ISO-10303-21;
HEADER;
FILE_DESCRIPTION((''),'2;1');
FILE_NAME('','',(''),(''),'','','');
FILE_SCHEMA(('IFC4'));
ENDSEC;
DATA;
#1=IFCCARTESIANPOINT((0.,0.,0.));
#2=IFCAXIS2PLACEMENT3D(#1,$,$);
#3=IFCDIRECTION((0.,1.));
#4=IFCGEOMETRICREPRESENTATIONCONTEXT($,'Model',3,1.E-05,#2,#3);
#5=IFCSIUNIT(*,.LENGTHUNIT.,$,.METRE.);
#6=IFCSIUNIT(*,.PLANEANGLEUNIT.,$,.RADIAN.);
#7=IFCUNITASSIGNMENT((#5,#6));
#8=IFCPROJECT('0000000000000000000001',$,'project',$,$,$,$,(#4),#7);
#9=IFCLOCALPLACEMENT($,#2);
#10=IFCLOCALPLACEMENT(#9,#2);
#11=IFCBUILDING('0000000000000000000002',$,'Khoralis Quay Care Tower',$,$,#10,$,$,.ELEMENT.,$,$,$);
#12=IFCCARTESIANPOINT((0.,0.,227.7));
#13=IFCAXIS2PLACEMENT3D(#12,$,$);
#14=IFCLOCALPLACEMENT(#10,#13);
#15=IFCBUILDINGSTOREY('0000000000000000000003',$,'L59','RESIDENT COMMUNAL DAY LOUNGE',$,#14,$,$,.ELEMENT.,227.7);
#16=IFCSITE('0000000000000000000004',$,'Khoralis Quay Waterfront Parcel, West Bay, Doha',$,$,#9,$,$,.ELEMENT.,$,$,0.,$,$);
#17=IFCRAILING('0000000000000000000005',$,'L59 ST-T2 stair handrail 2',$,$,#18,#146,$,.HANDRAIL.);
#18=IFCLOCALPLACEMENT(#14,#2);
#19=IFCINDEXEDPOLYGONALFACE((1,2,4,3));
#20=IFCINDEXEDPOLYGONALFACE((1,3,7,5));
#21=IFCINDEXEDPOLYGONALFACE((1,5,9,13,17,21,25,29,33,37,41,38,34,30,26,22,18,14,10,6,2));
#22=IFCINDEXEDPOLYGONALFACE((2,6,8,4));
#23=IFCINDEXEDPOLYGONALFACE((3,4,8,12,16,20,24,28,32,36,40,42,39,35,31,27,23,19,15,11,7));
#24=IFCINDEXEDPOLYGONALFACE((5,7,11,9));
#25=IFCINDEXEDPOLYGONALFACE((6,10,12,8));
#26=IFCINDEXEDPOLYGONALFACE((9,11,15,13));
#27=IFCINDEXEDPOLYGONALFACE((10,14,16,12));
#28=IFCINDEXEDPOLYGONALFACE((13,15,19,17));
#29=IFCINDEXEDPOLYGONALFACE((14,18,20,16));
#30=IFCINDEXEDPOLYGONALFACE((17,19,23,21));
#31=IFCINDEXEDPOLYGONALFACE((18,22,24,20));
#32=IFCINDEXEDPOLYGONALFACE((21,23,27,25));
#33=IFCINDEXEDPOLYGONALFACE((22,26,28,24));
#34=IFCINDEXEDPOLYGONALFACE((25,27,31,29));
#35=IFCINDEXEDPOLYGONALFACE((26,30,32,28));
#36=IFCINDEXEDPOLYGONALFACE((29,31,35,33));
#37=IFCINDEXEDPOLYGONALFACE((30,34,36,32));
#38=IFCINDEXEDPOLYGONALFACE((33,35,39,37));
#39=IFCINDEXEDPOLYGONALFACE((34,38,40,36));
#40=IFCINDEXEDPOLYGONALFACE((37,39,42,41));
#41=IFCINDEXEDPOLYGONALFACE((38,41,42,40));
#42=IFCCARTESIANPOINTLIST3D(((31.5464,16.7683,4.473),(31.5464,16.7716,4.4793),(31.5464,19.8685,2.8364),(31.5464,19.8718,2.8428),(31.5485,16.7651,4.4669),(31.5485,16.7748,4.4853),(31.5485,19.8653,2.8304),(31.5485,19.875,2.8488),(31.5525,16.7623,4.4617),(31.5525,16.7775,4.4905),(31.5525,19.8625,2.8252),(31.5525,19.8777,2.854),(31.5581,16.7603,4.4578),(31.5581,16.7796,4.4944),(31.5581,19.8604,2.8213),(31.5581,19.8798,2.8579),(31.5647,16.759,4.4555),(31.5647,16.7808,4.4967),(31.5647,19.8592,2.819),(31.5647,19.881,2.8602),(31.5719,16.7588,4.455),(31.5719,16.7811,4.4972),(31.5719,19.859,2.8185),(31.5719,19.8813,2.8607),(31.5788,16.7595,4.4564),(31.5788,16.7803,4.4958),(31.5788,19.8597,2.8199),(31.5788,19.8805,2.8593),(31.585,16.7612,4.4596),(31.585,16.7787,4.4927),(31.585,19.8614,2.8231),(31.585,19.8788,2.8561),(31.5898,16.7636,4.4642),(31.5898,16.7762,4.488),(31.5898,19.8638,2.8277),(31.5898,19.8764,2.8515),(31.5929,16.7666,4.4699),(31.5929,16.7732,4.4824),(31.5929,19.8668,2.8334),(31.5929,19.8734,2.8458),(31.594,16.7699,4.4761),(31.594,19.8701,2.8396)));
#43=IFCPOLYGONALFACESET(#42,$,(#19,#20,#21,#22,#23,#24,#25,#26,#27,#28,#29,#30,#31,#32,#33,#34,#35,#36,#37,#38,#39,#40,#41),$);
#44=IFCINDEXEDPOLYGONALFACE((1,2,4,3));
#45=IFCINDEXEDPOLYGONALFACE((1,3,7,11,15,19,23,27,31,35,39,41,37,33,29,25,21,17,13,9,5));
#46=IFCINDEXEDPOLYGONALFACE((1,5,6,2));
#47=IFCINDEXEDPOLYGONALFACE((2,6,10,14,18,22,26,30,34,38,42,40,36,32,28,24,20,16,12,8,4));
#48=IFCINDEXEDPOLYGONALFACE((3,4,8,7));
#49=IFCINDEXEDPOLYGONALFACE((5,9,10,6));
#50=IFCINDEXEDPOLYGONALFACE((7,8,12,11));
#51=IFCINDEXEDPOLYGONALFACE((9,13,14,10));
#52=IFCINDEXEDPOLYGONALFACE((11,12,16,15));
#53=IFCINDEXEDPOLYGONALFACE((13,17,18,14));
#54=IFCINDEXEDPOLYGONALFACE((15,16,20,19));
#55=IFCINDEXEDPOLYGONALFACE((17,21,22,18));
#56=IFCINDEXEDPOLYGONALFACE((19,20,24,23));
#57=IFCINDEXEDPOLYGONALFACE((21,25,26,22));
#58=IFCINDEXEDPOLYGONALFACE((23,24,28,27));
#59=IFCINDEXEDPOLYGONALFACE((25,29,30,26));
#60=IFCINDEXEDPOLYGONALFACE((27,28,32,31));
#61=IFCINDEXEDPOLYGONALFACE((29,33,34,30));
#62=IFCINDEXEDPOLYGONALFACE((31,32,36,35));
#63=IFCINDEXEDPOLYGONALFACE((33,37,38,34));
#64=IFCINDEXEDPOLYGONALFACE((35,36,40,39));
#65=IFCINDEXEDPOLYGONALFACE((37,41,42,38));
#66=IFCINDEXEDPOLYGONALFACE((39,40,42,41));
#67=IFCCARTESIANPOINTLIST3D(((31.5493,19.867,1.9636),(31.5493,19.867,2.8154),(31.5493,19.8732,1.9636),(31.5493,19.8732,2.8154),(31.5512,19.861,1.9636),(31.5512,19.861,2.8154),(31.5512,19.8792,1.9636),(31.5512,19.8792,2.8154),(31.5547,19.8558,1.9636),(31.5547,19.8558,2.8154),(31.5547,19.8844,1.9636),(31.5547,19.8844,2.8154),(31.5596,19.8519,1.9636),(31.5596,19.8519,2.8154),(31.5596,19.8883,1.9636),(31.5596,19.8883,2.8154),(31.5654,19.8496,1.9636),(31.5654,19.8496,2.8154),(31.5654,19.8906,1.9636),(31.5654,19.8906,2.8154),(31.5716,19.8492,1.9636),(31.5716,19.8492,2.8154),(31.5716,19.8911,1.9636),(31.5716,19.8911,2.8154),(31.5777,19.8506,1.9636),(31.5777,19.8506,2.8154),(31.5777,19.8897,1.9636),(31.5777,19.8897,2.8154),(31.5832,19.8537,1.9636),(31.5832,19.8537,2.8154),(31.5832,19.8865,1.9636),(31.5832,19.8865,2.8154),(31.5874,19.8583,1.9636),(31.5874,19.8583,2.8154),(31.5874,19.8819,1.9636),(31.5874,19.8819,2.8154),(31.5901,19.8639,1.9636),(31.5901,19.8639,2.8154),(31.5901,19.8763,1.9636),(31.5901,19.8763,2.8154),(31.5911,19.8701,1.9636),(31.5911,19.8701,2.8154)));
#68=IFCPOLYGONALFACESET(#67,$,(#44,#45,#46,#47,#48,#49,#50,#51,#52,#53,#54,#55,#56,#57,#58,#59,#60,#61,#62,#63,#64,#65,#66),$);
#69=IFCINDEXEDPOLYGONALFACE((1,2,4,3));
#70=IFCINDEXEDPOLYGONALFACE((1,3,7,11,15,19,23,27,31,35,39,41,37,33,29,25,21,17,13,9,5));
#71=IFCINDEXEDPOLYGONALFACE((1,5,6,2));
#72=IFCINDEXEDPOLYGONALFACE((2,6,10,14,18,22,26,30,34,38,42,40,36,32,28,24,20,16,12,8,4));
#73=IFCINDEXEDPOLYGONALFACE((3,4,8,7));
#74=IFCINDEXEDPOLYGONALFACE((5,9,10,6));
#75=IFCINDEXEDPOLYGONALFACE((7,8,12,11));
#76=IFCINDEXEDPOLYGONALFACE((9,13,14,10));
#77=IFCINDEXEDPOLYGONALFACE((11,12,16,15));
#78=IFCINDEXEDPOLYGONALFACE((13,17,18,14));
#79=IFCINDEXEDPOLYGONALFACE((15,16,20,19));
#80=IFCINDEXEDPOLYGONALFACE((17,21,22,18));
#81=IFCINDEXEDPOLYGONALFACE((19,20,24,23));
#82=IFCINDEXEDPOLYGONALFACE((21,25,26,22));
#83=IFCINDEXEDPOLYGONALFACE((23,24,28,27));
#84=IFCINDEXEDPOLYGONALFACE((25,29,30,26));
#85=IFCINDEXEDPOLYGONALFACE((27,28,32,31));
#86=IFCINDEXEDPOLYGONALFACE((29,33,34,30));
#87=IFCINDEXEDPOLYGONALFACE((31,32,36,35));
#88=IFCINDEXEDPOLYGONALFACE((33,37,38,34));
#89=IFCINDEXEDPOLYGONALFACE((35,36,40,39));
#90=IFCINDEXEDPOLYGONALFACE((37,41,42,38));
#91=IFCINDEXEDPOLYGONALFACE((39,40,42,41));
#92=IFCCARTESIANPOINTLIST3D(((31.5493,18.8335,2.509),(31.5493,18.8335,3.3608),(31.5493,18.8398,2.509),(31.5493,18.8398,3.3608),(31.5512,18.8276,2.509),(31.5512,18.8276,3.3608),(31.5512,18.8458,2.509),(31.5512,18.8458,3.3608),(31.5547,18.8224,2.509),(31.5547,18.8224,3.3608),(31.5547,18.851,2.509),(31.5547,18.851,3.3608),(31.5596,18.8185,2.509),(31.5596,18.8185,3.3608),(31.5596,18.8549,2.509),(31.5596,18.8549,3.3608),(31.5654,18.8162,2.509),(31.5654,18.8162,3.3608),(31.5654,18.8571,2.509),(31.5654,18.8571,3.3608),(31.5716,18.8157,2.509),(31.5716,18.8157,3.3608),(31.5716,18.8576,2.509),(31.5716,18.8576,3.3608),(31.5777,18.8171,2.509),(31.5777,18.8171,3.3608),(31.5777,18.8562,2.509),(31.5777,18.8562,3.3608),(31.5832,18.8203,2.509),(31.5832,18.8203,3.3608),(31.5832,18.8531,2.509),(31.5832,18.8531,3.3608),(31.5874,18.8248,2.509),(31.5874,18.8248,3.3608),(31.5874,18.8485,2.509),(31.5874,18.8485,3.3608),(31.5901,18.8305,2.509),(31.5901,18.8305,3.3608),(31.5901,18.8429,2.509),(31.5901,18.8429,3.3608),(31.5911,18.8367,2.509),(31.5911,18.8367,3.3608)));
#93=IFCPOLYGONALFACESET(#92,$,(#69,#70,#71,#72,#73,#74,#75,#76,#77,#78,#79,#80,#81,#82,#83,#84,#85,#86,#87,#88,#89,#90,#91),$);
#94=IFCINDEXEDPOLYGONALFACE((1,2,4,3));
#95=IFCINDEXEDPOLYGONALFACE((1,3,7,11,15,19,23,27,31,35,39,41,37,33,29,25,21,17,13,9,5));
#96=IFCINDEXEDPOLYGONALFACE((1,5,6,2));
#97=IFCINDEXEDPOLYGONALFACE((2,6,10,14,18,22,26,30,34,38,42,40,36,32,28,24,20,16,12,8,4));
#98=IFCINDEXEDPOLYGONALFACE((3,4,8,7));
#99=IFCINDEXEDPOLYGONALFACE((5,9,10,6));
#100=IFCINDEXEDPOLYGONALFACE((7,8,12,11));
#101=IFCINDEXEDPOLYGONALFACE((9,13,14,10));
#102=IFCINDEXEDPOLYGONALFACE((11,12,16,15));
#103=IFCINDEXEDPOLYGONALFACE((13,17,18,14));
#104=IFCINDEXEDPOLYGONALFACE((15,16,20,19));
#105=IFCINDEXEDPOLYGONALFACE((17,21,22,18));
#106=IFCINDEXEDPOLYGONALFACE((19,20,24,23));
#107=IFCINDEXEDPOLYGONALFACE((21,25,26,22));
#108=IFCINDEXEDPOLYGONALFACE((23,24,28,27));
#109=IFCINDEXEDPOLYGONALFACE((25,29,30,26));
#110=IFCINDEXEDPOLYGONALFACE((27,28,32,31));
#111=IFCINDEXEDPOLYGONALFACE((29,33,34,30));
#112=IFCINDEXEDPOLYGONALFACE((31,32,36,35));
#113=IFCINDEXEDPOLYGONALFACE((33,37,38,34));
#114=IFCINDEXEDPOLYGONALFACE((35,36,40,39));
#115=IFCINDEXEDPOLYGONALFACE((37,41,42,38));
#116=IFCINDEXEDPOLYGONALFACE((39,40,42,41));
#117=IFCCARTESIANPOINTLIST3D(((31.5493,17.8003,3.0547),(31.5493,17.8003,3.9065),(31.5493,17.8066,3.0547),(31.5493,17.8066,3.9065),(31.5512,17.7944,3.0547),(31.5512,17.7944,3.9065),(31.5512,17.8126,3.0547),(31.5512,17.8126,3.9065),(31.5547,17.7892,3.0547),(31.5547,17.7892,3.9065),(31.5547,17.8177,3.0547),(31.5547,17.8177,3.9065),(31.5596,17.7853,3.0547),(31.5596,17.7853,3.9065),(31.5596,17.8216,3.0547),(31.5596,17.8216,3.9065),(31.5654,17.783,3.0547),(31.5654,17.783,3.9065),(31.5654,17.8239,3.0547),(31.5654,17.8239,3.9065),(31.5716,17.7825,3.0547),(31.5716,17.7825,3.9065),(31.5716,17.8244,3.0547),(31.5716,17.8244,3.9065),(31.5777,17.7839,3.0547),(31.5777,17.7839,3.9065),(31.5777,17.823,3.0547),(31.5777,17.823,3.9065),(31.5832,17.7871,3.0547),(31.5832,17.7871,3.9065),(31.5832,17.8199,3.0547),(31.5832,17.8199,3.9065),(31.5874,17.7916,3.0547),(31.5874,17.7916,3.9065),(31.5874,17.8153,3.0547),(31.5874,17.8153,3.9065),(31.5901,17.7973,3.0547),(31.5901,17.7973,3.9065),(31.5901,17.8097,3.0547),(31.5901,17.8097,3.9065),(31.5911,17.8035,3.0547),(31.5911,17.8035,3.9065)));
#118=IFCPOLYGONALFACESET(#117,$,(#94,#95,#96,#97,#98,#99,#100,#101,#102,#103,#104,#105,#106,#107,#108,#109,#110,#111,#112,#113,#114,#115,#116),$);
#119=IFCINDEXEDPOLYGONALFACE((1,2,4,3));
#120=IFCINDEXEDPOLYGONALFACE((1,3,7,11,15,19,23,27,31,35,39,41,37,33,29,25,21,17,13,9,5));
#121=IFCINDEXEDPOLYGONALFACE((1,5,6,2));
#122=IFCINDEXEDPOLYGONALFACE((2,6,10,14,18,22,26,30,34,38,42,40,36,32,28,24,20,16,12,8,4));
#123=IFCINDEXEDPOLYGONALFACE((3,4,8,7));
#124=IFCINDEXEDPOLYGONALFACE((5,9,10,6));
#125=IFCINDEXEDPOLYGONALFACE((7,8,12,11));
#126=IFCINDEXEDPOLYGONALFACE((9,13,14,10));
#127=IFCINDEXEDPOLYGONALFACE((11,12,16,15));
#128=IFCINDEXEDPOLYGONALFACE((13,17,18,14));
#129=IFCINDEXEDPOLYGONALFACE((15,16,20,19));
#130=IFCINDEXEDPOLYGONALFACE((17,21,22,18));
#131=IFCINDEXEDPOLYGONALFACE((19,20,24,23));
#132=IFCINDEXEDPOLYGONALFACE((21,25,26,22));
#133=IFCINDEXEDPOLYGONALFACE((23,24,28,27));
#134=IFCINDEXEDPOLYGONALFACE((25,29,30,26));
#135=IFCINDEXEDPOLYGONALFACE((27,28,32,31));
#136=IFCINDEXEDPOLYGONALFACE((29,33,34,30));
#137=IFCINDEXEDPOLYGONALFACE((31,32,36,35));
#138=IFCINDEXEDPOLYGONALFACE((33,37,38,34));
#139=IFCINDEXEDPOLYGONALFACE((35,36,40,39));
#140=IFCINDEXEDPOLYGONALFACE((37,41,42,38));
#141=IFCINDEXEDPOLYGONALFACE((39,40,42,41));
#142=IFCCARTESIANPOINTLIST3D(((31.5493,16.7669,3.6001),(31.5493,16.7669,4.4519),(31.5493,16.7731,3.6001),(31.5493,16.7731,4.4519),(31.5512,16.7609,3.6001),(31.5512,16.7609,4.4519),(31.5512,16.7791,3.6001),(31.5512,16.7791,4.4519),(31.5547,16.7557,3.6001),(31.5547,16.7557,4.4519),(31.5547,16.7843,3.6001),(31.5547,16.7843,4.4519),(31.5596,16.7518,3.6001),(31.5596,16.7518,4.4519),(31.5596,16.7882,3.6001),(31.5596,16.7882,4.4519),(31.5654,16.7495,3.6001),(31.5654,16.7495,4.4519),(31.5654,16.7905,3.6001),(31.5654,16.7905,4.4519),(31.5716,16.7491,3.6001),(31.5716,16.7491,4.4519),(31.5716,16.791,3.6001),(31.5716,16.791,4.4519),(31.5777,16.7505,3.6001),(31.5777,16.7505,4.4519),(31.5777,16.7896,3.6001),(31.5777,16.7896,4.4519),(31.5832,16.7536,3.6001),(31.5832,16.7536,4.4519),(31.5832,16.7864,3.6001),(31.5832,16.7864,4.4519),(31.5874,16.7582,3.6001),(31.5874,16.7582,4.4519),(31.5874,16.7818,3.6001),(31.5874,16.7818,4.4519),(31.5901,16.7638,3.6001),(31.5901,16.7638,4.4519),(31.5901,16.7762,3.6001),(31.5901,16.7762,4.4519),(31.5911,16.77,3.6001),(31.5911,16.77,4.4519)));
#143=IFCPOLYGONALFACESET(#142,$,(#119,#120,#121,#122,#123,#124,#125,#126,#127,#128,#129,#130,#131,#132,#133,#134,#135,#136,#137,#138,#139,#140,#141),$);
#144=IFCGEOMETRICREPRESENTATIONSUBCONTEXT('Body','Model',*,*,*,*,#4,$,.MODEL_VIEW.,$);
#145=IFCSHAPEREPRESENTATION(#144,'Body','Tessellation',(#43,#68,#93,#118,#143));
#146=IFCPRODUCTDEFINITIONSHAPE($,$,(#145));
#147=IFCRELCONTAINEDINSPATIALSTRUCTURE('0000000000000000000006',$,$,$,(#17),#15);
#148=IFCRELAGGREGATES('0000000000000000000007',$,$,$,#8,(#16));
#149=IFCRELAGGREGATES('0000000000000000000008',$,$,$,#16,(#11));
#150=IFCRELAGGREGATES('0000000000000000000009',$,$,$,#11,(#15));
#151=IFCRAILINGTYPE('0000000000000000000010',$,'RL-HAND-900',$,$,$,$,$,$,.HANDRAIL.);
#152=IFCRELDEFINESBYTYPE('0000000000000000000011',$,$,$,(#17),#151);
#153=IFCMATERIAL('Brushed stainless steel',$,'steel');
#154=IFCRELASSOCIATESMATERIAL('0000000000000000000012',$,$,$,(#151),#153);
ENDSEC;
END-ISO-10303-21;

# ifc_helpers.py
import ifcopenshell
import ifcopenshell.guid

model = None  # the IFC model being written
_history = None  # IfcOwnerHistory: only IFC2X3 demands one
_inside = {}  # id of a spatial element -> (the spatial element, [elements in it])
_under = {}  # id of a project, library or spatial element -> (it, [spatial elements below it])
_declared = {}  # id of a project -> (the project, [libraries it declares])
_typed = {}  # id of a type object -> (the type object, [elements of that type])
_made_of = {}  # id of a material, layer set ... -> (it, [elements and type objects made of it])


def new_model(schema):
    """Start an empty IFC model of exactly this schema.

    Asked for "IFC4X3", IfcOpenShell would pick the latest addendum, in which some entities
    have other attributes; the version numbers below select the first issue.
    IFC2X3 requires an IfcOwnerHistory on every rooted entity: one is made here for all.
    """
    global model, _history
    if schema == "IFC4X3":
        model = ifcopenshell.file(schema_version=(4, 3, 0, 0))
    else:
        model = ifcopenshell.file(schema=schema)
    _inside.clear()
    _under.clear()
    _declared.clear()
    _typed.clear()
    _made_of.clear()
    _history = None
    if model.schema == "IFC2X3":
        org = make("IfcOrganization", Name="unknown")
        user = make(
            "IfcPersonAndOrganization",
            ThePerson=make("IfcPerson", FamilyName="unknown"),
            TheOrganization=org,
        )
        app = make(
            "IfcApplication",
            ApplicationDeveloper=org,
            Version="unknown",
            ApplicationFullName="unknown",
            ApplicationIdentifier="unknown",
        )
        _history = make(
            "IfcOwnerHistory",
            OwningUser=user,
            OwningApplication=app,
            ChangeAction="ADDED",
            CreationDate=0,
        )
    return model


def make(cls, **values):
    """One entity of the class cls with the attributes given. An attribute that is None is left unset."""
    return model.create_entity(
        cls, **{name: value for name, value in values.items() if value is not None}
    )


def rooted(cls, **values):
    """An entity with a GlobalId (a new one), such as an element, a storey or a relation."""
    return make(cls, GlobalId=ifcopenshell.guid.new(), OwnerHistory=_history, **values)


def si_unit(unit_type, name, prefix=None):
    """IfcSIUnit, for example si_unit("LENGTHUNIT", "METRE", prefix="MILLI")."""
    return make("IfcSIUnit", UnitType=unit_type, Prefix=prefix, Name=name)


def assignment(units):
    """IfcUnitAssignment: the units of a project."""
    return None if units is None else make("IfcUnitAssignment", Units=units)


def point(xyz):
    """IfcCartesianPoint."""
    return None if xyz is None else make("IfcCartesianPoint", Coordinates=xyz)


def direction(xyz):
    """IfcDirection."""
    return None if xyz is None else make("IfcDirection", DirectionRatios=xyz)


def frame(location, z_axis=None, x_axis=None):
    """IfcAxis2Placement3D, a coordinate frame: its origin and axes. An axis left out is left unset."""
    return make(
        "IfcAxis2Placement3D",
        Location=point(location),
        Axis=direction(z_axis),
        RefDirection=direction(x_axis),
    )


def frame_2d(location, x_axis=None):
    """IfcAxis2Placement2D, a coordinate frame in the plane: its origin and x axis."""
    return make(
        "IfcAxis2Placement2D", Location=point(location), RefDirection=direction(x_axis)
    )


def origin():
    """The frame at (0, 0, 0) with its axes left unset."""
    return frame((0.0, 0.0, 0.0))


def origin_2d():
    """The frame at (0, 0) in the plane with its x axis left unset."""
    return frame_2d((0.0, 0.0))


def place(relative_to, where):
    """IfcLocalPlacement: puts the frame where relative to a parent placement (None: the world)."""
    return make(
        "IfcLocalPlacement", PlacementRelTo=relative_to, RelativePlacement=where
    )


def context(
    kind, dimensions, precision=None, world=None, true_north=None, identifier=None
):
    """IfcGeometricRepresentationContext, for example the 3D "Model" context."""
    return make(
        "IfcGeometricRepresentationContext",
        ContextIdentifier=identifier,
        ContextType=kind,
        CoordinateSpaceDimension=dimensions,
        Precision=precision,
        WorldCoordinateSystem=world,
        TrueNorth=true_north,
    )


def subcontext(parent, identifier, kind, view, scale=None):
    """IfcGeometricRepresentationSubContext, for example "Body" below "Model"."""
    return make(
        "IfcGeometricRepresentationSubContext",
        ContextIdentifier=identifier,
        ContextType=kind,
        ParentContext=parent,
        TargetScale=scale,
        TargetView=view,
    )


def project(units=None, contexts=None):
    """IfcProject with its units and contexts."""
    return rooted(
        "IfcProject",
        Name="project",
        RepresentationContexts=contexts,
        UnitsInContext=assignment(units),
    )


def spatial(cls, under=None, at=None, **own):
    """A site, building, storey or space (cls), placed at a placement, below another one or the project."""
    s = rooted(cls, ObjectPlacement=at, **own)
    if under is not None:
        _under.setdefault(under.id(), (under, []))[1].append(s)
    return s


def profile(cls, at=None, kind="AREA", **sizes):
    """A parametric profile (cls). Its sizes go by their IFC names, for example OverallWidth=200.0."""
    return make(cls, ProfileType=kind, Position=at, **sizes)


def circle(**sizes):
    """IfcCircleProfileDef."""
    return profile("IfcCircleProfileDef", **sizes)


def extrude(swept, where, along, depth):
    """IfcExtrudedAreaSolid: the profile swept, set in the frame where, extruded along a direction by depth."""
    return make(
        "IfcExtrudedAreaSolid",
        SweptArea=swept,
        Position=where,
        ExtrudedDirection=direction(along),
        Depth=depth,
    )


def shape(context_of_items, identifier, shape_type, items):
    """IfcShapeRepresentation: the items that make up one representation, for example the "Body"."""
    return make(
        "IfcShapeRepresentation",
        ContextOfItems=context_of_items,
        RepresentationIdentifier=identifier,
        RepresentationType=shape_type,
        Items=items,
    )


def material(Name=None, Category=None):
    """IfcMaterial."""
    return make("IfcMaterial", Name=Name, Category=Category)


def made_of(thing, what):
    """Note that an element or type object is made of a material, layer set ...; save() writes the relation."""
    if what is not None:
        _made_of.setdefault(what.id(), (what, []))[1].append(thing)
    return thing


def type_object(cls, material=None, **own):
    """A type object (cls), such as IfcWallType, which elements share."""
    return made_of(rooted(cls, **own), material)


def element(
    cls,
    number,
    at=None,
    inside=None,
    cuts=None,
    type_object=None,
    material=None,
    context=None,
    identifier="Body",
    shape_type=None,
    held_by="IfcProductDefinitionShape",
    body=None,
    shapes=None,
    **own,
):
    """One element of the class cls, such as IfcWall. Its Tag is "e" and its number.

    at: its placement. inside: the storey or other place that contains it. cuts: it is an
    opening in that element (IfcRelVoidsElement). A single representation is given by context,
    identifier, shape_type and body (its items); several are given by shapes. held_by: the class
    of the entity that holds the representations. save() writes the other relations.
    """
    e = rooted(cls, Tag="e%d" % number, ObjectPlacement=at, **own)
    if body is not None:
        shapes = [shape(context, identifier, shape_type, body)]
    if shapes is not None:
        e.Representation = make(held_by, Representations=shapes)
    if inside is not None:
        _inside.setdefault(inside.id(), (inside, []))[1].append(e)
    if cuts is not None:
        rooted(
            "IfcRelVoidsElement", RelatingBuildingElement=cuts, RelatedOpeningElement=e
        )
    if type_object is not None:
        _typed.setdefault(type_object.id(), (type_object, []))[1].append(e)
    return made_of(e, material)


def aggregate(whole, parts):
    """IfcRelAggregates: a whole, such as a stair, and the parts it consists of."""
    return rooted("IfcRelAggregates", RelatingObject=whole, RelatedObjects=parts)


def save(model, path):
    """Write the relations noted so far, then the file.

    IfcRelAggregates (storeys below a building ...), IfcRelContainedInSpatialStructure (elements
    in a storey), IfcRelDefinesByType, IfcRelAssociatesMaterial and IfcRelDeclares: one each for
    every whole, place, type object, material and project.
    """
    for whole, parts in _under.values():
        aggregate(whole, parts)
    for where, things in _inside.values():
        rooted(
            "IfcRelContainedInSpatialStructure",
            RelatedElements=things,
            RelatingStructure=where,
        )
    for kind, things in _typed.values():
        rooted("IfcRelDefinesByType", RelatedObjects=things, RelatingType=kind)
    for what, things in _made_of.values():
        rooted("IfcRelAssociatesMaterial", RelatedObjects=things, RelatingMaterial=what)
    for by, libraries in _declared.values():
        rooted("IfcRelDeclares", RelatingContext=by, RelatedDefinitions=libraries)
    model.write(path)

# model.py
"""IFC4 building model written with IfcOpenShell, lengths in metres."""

from ifc_helpers import new_model, si_unit, direction, frame, origin, origin_2d, place, context, subcontext, project, spatial, circle, extrude, material, type_object, element, save


model = new_model("IFC4")

# Units and contexts
model_context = context("Model", 3, precision=1e-05, world=origin(), true_north=direction((0.0, 1.0)))
body_context = subcontext(model_context, "Body", "Model", "MODEL_VIEW")
ifc_project = project(units=[si_unit("LENGTHUNIT", "METRE"), si_unit("PLANEANGLEUNIT", "RADIAN")], contexts=[model_context])

# Site, building, storey
site_placement = place(None, origin())
site = spatial("IfcSite", under=ifc_project, at=site_placement, Name="Khoralis Quay Waterfront Parcel, West Bay, Doha", CompositionType="ELEMENT", RefElevation=0.0)
building_placement = place(site_placement, origin())
building = spatial("IfcBuilding", under=site, at=building_placement, Name="Khoralis Quay Care Tower", CompositionType="ELEMENT")
storey_placement = place(building_placement, frame((0.0, 0.0, 227.7)))
storey = spatial("IfcBuildingStorey", under=building, at=storey_placement, Name="L59", Description="RESIDENT COMMUNAL DAY LOUNGE", CompositionType="ELEMENT", Elevation=227.7)

# Shared definitions
ifc_material_1 = material(Name="Brushed stainless steel", Category="steel")

# Railing
railing_type_1 = type_object("IfcRailingType", Name="RL-HAND-900", PredefinedType="HANDRAIL", material=ifc_material_1)
railing_1_placement = place(storey_placement, frame((31.5701, 19.8701, 1.9636)))
element("IfcRailing", 1, at=railing_1_placement, inside=storey, type_object=railing_type_1, Name="L59 ST-T2 stair handrail 2", PredefinedType="HANDRAIL", context=body_context, shape_type="SweptSolid", body=[
    extrude(circle(Radius=0.0239, at=origin_2d()), frame((0.0, 0.0, 0.876), z_axis=(0.0, -0.884348, 0.466828), x_axis=(1.0, 0.0, 0.0)), (0.0, 0.0, 1.0), 3.5056),
    extrude(circle(Radius=0.021, at=origin_2d()), origin(), (0.0, 0.0, 1.0), 0.8518),
    extrude(circle(Radius=0.021, at=origin_2d()), frame((0.0, -1.0334, 0.5454)), (0.0, 0.0, 1.0), 0.8518),
    extrude(circle(Radius=0.021, at=origin_2d()), frame((0.0, -2.0667, 1.0911)), (0.0, 0.0, 1.0), 0.8518),
    extrude(circle(Radius=0.021, at=origin_2d()), frame((0.0, -3.1001, 1.6365)), (0.0, 0.0, 1.0), 0.8518),
])

save(model, "model.ifc")
